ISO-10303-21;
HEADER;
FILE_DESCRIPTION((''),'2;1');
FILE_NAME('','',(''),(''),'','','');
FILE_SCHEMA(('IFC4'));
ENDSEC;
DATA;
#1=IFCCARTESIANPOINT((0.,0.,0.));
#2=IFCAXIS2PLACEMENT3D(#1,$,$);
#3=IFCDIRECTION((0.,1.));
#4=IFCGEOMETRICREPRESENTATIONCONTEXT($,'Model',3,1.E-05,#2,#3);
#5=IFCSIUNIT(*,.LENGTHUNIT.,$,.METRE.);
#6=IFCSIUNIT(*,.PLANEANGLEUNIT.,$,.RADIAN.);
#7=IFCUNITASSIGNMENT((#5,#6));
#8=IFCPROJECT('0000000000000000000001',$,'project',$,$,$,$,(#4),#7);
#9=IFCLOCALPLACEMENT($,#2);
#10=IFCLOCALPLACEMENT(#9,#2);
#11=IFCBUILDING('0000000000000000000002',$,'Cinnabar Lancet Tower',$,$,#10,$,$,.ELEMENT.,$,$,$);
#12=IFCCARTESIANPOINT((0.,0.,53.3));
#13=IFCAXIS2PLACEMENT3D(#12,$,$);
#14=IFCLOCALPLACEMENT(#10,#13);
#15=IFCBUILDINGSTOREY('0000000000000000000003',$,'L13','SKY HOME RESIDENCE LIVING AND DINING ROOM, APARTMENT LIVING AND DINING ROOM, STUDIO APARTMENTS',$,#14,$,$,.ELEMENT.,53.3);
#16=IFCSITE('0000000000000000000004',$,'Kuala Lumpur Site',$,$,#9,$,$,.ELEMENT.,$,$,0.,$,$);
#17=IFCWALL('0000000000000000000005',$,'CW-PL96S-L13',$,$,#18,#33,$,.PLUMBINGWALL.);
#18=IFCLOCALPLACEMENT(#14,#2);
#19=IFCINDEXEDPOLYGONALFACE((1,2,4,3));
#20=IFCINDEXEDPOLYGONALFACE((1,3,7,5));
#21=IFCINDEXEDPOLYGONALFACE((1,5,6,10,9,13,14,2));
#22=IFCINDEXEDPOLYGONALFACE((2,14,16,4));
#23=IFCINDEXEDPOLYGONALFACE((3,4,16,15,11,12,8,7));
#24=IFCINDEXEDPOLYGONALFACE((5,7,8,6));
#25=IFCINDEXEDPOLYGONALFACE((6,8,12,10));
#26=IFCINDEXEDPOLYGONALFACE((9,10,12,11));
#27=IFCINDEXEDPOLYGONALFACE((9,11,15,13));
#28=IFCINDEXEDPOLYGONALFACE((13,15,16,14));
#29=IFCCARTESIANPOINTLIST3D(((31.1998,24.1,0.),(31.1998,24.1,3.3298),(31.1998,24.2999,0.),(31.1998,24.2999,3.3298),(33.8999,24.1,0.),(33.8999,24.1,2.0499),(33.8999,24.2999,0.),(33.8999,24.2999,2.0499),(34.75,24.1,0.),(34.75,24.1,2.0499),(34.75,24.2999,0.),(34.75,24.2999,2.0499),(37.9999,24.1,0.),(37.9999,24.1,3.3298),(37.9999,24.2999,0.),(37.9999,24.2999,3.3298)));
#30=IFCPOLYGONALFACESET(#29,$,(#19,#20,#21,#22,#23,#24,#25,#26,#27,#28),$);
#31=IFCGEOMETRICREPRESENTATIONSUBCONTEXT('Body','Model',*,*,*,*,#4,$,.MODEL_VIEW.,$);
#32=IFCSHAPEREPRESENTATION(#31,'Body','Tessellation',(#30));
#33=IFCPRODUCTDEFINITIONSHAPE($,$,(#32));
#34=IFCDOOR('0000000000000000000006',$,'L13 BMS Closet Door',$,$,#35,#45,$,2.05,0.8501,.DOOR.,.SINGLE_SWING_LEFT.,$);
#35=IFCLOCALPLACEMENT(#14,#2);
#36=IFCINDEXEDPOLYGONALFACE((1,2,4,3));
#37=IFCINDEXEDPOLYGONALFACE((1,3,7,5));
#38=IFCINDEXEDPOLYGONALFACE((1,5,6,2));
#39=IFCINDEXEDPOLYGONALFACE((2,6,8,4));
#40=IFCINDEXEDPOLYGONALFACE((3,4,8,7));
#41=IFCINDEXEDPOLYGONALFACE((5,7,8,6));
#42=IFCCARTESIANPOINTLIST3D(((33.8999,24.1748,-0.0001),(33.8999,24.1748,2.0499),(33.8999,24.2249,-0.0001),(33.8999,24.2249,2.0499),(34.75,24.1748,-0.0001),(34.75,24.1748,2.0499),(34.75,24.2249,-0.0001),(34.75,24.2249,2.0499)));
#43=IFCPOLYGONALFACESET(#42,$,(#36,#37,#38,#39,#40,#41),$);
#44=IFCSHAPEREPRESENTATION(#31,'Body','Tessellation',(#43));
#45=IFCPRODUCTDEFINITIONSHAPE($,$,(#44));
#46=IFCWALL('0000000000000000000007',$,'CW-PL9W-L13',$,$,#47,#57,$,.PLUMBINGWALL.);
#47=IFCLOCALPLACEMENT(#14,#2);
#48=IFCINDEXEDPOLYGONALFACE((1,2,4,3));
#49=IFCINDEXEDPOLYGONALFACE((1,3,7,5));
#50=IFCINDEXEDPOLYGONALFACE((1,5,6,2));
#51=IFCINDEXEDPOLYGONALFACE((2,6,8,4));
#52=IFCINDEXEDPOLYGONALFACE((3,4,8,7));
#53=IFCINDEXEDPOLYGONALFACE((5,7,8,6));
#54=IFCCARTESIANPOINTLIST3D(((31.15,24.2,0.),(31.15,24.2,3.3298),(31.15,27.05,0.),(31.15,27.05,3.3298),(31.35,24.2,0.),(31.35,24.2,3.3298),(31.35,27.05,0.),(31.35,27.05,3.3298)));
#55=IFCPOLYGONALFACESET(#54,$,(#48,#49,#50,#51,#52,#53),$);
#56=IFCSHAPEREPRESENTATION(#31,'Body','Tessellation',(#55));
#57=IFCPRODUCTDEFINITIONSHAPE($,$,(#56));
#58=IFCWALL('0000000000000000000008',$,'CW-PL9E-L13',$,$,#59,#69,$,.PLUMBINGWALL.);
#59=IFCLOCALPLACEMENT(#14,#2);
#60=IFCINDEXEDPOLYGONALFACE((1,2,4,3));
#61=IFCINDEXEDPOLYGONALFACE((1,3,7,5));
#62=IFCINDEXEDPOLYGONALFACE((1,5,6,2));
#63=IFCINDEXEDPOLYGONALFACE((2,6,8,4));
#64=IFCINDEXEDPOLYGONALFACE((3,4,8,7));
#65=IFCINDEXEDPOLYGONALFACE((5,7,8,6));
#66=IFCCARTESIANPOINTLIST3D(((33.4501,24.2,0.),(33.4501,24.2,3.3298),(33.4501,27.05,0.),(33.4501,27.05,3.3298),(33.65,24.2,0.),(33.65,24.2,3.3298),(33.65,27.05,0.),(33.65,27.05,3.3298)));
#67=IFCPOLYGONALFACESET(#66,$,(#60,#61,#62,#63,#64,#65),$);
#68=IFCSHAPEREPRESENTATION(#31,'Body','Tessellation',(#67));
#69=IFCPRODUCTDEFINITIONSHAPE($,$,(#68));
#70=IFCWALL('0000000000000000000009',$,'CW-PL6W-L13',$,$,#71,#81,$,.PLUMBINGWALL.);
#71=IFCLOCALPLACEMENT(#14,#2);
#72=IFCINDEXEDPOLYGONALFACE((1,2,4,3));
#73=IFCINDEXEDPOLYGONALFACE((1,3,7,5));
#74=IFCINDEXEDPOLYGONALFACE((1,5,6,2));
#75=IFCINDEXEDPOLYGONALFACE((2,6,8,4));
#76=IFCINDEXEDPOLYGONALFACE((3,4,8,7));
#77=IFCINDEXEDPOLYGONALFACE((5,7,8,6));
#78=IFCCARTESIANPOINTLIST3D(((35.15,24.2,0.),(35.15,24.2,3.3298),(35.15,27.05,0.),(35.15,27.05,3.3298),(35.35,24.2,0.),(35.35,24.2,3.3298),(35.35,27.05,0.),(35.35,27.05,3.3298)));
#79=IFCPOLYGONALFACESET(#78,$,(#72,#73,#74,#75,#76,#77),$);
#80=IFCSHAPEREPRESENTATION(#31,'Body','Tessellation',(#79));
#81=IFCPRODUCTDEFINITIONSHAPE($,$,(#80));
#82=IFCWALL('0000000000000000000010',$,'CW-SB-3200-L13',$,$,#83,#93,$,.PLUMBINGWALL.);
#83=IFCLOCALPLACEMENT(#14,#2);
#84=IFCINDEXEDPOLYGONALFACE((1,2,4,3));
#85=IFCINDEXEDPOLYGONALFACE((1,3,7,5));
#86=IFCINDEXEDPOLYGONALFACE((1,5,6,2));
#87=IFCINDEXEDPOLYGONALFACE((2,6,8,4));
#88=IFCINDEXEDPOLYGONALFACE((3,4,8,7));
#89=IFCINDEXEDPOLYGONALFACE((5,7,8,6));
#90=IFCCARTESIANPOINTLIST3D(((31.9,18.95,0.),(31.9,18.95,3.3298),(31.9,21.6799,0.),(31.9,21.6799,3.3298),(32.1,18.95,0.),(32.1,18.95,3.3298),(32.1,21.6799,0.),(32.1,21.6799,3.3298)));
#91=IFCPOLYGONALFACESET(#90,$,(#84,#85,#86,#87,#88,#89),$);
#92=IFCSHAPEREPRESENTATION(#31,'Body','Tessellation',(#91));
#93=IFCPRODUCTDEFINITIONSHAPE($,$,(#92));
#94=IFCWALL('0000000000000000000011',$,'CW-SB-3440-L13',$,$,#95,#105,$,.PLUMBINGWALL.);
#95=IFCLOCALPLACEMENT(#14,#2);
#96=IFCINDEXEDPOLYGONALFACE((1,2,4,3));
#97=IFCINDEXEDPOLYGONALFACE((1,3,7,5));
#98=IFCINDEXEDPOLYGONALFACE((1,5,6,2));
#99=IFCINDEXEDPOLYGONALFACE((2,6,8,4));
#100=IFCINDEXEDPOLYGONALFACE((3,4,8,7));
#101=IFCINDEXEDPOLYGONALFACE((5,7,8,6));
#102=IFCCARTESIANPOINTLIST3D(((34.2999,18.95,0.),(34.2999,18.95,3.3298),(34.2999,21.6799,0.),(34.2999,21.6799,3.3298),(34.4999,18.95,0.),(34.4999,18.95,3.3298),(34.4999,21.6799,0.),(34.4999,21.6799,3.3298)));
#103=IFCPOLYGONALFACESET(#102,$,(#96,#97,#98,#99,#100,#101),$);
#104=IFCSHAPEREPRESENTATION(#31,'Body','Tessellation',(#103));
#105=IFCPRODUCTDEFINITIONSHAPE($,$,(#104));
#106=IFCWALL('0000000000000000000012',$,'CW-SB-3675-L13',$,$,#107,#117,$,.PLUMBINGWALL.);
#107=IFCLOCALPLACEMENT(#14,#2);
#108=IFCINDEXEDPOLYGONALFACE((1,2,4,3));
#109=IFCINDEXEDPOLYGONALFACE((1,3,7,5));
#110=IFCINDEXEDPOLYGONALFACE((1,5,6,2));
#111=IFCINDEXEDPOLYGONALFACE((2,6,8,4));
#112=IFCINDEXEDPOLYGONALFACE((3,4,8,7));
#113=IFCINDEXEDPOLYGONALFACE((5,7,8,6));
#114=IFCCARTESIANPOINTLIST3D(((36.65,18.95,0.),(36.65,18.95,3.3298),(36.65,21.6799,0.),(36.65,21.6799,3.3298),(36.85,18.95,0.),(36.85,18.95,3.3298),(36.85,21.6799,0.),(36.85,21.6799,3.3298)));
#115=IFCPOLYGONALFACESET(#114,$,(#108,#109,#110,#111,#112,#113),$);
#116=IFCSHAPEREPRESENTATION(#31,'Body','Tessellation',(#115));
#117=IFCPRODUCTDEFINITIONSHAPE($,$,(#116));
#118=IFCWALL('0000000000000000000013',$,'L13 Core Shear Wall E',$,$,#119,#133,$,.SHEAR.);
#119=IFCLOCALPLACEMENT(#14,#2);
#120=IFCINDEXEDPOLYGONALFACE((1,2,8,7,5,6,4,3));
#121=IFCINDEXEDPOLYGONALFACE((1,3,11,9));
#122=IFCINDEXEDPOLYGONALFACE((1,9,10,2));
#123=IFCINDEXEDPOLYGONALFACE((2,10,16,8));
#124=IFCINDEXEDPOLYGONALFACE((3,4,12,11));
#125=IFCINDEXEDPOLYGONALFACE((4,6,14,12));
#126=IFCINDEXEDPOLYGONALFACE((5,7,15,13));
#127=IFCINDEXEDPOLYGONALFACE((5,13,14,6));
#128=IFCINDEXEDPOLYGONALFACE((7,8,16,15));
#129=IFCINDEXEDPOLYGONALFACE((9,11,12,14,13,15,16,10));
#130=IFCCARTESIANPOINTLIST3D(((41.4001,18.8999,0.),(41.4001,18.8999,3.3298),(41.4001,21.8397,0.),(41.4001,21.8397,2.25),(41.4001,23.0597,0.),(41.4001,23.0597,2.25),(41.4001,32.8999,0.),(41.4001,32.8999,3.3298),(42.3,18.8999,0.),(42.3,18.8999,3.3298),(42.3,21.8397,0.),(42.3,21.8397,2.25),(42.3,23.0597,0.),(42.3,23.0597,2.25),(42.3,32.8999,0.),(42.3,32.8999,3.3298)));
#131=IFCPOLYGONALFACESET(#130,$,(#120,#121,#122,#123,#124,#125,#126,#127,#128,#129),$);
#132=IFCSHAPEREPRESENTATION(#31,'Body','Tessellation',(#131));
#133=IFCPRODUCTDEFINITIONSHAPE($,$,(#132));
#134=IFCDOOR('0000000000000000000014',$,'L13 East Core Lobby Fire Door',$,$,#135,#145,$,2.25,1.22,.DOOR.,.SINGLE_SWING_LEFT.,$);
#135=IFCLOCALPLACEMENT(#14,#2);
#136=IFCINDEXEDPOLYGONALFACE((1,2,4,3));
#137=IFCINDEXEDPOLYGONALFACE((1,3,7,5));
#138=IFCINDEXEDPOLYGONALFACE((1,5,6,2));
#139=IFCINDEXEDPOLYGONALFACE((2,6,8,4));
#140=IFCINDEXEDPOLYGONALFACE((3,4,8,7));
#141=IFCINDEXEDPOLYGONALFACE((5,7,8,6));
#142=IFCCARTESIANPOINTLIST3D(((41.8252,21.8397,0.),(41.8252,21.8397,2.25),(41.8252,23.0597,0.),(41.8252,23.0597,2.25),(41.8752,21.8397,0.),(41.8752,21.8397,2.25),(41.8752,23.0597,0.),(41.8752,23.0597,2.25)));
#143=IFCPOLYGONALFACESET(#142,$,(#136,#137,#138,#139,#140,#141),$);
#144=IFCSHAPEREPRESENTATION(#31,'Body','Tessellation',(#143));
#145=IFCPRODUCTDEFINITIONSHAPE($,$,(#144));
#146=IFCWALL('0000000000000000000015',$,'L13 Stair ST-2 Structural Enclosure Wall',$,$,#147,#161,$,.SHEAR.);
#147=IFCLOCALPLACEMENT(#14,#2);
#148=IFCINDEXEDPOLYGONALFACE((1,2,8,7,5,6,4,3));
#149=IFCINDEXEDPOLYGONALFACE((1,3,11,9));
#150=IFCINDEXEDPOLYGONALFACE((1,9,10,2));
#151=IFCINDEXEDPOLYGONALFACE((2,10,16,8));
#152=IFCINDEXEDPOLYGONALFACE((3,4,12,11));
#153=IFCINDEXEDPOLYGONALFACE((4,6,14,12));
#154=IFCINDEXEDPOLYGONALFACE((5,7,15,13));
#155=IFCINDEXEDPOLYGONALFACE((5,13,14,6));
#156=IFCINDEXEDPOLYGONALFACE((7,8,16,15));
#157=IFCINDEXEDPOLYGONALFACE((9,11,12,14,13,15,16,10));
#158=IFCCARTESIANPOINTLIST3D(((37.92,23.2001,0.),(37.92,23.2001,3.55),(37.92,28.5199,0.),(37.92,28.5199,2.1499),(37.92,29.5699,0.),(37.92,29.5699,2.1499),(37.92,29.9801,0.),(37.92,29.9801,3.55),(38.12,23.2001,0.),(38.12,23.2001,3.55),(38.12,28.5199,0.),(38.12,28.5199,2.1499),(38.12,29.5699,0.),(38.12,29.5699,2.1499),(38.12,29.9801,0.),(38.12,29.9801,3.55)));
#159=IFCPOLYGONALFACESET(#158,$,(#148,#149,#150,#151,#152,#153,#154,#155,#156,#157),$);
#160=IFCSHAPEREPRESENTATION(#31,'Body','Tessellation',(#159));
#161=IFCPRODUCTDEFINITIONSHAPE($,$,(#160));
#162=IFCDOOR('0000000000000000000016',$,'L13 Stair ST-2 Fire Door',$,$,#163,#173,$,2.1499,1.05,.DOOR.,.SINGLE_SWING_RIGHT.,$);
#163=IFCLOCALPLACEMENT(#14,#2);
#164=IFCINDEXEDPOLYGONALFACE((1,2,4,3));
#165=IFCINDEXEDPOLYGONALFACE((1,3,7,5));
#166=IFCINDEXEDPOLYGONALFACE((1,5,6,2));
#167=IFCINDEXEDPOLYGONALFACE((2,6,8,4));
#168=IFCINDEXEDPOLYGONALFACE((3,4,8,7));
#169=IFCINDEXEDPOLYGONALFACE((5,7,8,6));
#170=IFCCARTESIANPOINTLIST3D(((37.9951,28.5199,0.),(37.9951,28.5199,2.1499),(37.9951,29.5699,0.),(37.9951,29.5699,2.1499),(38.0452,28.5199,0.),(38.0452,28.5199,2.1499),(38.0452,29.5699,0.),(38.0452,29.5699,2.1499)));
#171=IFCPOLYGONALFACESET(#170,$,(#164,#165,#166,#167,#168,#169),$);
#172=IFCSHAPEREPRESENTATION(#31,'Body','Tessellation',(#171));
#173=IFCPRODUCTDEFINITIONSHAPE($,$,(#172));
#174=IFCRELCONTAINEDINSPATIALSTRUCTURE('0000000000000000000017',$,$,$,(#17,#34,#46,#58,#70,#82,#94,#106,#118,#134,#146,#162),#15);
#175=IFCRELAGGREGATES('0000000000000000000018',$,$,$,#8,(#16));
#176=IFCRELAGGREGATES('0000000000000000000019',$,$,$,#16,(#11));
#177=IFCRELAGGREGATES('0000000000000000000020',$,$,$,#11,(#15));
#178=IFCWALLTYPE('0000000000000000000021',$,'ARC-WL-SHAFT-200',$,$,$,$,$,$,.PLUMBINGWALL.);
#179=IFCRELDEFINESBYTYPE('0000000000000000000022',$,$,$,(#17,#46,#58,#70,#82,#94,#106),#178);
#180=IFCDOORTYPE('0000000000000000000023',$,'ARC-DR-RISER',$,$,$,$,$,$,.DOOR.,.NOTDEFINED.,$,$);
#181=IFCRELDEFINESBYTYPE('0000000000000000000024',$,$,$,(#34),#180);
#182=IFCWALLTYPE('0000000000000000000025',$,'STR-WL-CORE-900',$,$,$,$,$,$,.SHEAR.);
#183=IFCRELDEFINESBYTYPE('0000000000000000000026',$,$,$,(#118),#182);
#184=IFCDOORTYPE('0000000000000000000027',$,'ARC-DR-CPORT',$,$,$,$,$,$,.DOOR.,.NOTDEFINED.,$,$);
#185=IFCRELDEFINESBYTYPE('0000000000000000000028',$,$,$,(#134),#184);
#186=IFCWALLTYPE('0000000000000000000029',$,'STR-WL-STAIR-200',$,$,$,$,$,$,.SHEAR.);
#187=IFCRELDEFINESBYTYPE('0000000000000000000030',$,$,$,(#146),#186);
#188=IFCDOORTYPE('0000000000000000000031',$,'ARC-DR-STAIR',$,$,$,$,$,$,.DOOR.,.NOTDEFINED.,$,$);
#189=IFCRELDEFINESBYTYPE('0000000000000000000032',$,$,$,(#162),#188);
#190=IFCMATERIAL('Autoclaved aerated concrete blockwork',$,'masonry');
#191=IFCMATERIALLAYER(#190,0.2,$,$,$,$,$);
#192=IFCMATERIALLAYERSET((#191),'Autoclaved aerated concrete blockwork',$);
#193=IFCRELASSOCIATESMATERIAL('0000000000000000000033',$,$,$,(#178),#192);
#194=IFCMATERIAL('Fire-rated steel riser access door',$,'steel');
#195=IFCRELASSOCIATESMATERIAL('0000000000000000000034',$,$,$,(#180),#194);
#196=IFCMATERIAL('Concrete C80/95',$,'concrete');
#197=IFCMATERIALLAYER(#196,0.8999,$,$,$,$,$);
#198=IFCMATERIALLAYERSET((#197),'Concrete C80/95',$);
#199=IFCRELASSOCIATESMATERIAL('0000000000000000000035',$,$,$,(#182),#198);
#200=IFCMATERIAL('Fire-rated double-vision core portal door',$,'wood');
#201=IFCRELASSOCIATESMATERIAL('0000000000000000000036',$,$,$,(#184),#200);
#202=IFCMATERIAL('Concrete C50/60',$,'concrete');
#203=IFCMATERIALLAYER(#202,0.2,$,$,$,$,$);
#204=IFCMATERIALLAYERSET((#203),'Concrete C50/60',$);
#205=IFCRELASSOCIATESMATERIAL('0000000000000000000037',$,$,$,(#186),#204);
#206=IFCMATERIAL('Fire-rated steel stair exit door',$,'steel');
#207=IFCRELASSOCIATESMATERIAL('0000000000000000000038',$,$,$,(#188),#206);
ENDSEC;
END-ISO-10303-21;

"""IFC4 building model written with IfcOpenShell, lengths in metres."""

from ifc_helpers import new_model, si_unit, direction, frame, frame_2d, origin, place, context, subcontext, project, spatial, rectangle, extrude, material, layer, layer_set, type_object, element, fill, save


model = new_model("IFC4")

# Units and contexts
model_context = context("Model", 3, precision=1e-05, world=origin(), true_north=direction((0.0, 1.0)))
body_context = subcontext(model_context, "Body", "Model", "MODEL_VIEW")
ifc_project = project(units=[si_unit("LENGTHUNIT", "METRE"), si_unit("PLANEANGLEUNIT", "RADIAN")], contexts=[model_context])

# Site, building, storey
site_placement = place(None, origin())
site = spatial("IfcSite", under=ifc_project, at=site_placement, Name="Kuala Lumpur Site", CompositionType="ELEMENT", RefElevation=0.0)
building_placement = place(site_placement, origin())
building = spatial("IfcBuilding", under=site, at=building_placement, Name="Cinnabar Lancet Tower", CompositionType="ELEMENT")
storey_placement = place(building_placement, frame((0.0, 0.0, 53.3)))
storey = spatial("IfcBuildingStorey", under=building, at=storey_placement, Name="L13", Description="SKY HOME RESIDENCE LIVING AND DINING ROOM, APARTMENT LIVING AND DINING ROOM, STUDIO APARTMENTS", CompositionType="ELEMENT", Elevation=53.3)

# Shared definitions
ifc_material_1 = material(Name="Autoclaved aerated concrete blockwork", Category="masonry")
ifc_layer_1 = layer(ifc_material_1, 0.2)
ifc_layer_set_1 = layer_set([ifc_layer_1], Name="Autoclaved aerated concrete blockwork")
wall_type_1 = type_object("IfcWallType", Name="ARC-WL-SHAFT-200", PredefinedType="PLUMBINGWALL", material=ifc_layer_set_1)

# Wall, opening, door
wall_1_placement = place(storey_placement, frame((31.2, 24.2, 0.0), z_axis=(0.0, 0.0, 1.0), x_axis=(1.0, 0.0, 0.0)))
wall_1 = element("IfcWall", 1, at=wall_1_placement, inside=storey, type_object=wall_type_1, Name="CW-PL96S-L13", PredefinedType="PLUMBINGWALL", context=body_context, shape_type="SweptSolid", body=[
    extrude(rectangle(XDim=6.8, YDim=0.2, at=frame_2d((3.3999, 0.0))), origin(), (0.0, 0.0, 1.0), 3.3298),
])
opening_1_placement = place(wall_1_placement, frame((2.7, 0.0, 0.0)))
opening_1 = element("IfcOpeningElement", 2, at=opening_1_placement, cuts=wall_1, PredefinedType="OPENING", context=body_context, shape_type="SweptSolid", body=[
    extrude(rectangle(XDim=0.8501, YDim=2.05, at=frame_2d((0.425, 1.0249))), frame((0.0, 0.1099, 0.0), z_axis=(0.0, -1.0, 0.0), x_axis=(1.0, 0.0, 0.0)), (0.0, 0.0, 1.0), 0.22),
])
ifc_material_2 = material(Name="Fire-rated steel riser access door", Category="steel")
door_type_1 = type_object("IfcDoorType", Name="ARC-DR-RISER", OperationType="NOTDEFINED", PredefinedType="DOOR", material=ifc_material_2)
door_1_placement = place(opening_1_placement, origin())
door_1 = element("IfcDoor", 3, at=door_1_placement, inside=storey, type_object=door_type_1, Name="L13 BMS Closet Door", OperationType="SINGLE_SWING_LEFT", OverallHeight=2.05, OverallWidth=0.8501, PredefinedType="DOOR", context=body_context, shape_type="SweptSolid", body=[
    extrude(rectangle(XDim=0.8501, YDim=2.05, at=frame_2d((0.425, 1.0249))), frame((0.0, 0.0249, 0.0), z_axis=(0.0, -1.0, 0.0), x_axis=(1.0, 0.0, 0.0)), (0.0, 0.0, 1.0), 0.05),
])
fill(opening_1, door_1)

# Walls
for number, where, z_axis, x_axis, name in (
    (4, (31.25, 24.2, 0.0), (0.0, 0.0, 1.0), (0.0, 1.0, 0.0), "CW-PL9W-L13"),
    (5, (33.55, 24.2, 0.0), (0.0, 0.0, 1.0), (0.0, 1.0, 0.0), "CW-PL9E-L13"),
    (6, (35.25, 24.2, 0.0), (0.0, 0.0, 1.0), (0.0, 1.0, 0.0), "CW-PL6W-L13"),
):
    element("IfcWall", number, at=place(storey_placement, frame(where, z_axis=z_axis, x_axis=x_axis)), inside=storey, type_object=wall_type_1, Name=name, PredefinedType="PLUMBINGWALL", context=body_context, shape_type="SweptSolid", body=[
        extrude(rectangle(XDim=2.8501, YDim=0.2, at=frame_2d((1.425, 0.0))), origin(), (0.0, 0.0, 1.0), 3.3298),
    ])
for number, where, z_axis, x_axis, name in (
    (7, (32.0, 18.95, 0.0), (0.0, 0.0, 1.0), (0.0, 1.0, 0.0), "CW-SB-3200-L13"),
    (8, (34.3999, 18.95, 0.0), (0.0, 0.0, 1.0), (0.0, 1.0, 0.0), "CW-SB-3440-L13"),
    (9, (36.75, 18.95, 0.0), (0.0, 0.0, 1.0), (0.0, 1.0, 0.0), "CW-SB-3675-L13"),
):
    element("IfcWall", number, at=place(storey_placement, frame(where, z_axis=z_axis, x_axis=x_axis)), inside=storey, type_object=wall_type_1, Name=name, PredefinedType="PLUMBINGWALL", context=body_context, shape_type="SweptSolid", body=[
        extrude(rectangle(XDim=2.73, YDim=0.2, at=frame_2d((1.365, 0.0))), origin(), (0.0, 0.0, 1.0), 3.3298),
    ])

# Walls, openings, doors
ifc_material_3 = material(Name="Concrete C80/95", Category="concrete")
ifc_layer_2 = layer(ifc_material_3, 0.8999)
ifc_layer_set_2 = layer_set([ifc_layer_2], Name="Concrete C80/95")
wall_type_2 = type_object("IfcWallType", Name="STR-WL-CORE-900", PredefinedType="SHEAR", material=ifc_layer_set_2)
wall_2_placement = place(storey_placement, frame((41.8501, 18.8999, 0.0), z_axis=(0.0, 0.0, 1.0), x_axis=(0.0, 1.0, 0.0)))
wall_2 = element("IfcWall", 10, at=wall_2_placement, inside=storey, type_object=wall_type_2, Name="L13 Core Shear Wall E", PredefinedType="SHEAR", context=body_context, shape_type="SweptSolid", body=[
    extrude(rectangle(XDim=14.0, YDim=0.8999, at=frame_2d((7.0, 0.0))), origin(), (0.0, 0.0, 1.0), 3.3298),
])
opening_2_placement = place(wall_2_placement, frame((2.9399, 0.0, 0.0)))
opening_2 = element("IfcOpeningElement", 11, at=opening_2_placement, cuts=wall_2, PredefinedType="OPENING", context=body_context, shape_type="SweptSolid", body=[
    extrude(rectangle(XDim=1.22, YDim=2.25, at=frame_2d((0.6099, 1.125))), frame((0.0, 0.46, 0.0), z_axis=(0.0, -1.0, 0.0), x_axis=(1.0, 0.0, 0.0)), (0.0, 0.0, 1.0), 0.9199),
])
ifc_material_4 = material(Name="Fire-rated double-vision core portal door", Category="wood")
door_type_2 = type_object("IfcDoorType", Name="ARC-DR-CPORT", OperationType="NOTDEFINED", PredefinedType="DOOR", material=ifc_material_4)
door_2_placement = place(opening_2_placement, origin())
door_2 = element("IfcDoor", 12, at=door_2_placement, inside=storey, type_object=door_type_2, Name="L13 East Core Lobby Fire Door", OperationType="SINGLE_SWING_LEFT", OverallHeight=2.25, OverallWidth=1.22, PredefinedType="DOOR", context=body_context, shape_type="SweptSolid", body=[
    extrude(rectangle(XDim=1.22, YDim=2.25, at=frame_2d((0.6099, 1.125))), frame((0.0, 0.0249, 0.0), z_axis=(0.0, -1.0, 0.0), x_axis=(1.0, 0.0, 0.0)), (0.0, 0.0, 1.0), 0.05),
])
fill(opening_2, door_2)
ifc_material_5 = material(Name="Concrete C50/60", Category="concrete")
ifc_layer_3 = layer(ifc_material_5, 0.2)
ifc_layer_set_3 = layer_set([ifc_layer_3], Name="Concrete C50/60")
wall_type_3 = type_object("IfcWallType", Name="STR-WL-STAIR-200", PredefinedType="SHEAR", material=ifc_layer_set_3)
wall_3_placement = place(storey_placement, frame((38.02, 23.2, 0.0), z_axis=(0.0, 0.0, 1.0), x_axis=(0.0, 1.0, 0.0)))
wall_3 = element("IfcWall", 13, at=wall_3_placement, inside=storey, type_object=wall_type_3, Name="L13 Stair ST-2 Structural Enclosure Wall", PredefinedType="SHEAR", context=body_context, shape_type="SweptSolid", body=[
    extrude(rectangle(XDim=6.78, YDim=0.2, at=frame_2d((3.3901, 0.0))), origin(), (0.0, 0.0, 1.0), 3.55),
])
opening_3_placement = place(wall_3_placement, frame((5.3201, 0.0, 0.0)))
opening_3 = element("IfcOpeningElement", 14, at=opening_3_placement, cuts=wall_3, PredefinedType="OPENING", context=body_context, shape_type="SweptSolid", body=[
    extrude(rectangle(XDim=1.05, YDim=2.1499, at=frame_2d((0.5249, 1.075))), frame((0.0, 0.1099, 0.0), z_axis=(0.0, -1.0, 0.0), x_axis=(1.0, 0.0, 0.0)), (0.0, 0.0, 1.0), 0.22),
])
ifc_material_6 = material(Name="Fire-rated steel stair exit door", Category="steel")
door_type_3 = type_object("IfcDoorType", Name="ARC-DR-STAIR", OperationType="NOTDEFINED", PredefinedType="DOOR", material=ifc_material_6)
door_3_placement = place(opening_3_placement, origin())
door_3 = element("IfcDoor", 15, at=door_3_placement, inside=storey, type_object=door_type_3, Name="L13 Stair ST-2 Fire Door", OperationType="SINGLE_SWING_RIGHT", OverallHeight=2.1499, OverallWidth=1.05, PredefinedType="DOOR", context=body_context, shape_type="SweptSolid", body=[
    extrude(rectangle(XDim=1.05, YDim=2.1499, at=frame_2d((0.5249, 1.075))), frame((0.0, 0.0249, 0.0), z_axis=(0.0, -1.0, 0.0), x_axis=(1.0, 0.0, 0.0)), (0.0, 0.0, 1.0), 0.05),
])
fill(opening_3, door_3)

save(model, "model.ifc")
